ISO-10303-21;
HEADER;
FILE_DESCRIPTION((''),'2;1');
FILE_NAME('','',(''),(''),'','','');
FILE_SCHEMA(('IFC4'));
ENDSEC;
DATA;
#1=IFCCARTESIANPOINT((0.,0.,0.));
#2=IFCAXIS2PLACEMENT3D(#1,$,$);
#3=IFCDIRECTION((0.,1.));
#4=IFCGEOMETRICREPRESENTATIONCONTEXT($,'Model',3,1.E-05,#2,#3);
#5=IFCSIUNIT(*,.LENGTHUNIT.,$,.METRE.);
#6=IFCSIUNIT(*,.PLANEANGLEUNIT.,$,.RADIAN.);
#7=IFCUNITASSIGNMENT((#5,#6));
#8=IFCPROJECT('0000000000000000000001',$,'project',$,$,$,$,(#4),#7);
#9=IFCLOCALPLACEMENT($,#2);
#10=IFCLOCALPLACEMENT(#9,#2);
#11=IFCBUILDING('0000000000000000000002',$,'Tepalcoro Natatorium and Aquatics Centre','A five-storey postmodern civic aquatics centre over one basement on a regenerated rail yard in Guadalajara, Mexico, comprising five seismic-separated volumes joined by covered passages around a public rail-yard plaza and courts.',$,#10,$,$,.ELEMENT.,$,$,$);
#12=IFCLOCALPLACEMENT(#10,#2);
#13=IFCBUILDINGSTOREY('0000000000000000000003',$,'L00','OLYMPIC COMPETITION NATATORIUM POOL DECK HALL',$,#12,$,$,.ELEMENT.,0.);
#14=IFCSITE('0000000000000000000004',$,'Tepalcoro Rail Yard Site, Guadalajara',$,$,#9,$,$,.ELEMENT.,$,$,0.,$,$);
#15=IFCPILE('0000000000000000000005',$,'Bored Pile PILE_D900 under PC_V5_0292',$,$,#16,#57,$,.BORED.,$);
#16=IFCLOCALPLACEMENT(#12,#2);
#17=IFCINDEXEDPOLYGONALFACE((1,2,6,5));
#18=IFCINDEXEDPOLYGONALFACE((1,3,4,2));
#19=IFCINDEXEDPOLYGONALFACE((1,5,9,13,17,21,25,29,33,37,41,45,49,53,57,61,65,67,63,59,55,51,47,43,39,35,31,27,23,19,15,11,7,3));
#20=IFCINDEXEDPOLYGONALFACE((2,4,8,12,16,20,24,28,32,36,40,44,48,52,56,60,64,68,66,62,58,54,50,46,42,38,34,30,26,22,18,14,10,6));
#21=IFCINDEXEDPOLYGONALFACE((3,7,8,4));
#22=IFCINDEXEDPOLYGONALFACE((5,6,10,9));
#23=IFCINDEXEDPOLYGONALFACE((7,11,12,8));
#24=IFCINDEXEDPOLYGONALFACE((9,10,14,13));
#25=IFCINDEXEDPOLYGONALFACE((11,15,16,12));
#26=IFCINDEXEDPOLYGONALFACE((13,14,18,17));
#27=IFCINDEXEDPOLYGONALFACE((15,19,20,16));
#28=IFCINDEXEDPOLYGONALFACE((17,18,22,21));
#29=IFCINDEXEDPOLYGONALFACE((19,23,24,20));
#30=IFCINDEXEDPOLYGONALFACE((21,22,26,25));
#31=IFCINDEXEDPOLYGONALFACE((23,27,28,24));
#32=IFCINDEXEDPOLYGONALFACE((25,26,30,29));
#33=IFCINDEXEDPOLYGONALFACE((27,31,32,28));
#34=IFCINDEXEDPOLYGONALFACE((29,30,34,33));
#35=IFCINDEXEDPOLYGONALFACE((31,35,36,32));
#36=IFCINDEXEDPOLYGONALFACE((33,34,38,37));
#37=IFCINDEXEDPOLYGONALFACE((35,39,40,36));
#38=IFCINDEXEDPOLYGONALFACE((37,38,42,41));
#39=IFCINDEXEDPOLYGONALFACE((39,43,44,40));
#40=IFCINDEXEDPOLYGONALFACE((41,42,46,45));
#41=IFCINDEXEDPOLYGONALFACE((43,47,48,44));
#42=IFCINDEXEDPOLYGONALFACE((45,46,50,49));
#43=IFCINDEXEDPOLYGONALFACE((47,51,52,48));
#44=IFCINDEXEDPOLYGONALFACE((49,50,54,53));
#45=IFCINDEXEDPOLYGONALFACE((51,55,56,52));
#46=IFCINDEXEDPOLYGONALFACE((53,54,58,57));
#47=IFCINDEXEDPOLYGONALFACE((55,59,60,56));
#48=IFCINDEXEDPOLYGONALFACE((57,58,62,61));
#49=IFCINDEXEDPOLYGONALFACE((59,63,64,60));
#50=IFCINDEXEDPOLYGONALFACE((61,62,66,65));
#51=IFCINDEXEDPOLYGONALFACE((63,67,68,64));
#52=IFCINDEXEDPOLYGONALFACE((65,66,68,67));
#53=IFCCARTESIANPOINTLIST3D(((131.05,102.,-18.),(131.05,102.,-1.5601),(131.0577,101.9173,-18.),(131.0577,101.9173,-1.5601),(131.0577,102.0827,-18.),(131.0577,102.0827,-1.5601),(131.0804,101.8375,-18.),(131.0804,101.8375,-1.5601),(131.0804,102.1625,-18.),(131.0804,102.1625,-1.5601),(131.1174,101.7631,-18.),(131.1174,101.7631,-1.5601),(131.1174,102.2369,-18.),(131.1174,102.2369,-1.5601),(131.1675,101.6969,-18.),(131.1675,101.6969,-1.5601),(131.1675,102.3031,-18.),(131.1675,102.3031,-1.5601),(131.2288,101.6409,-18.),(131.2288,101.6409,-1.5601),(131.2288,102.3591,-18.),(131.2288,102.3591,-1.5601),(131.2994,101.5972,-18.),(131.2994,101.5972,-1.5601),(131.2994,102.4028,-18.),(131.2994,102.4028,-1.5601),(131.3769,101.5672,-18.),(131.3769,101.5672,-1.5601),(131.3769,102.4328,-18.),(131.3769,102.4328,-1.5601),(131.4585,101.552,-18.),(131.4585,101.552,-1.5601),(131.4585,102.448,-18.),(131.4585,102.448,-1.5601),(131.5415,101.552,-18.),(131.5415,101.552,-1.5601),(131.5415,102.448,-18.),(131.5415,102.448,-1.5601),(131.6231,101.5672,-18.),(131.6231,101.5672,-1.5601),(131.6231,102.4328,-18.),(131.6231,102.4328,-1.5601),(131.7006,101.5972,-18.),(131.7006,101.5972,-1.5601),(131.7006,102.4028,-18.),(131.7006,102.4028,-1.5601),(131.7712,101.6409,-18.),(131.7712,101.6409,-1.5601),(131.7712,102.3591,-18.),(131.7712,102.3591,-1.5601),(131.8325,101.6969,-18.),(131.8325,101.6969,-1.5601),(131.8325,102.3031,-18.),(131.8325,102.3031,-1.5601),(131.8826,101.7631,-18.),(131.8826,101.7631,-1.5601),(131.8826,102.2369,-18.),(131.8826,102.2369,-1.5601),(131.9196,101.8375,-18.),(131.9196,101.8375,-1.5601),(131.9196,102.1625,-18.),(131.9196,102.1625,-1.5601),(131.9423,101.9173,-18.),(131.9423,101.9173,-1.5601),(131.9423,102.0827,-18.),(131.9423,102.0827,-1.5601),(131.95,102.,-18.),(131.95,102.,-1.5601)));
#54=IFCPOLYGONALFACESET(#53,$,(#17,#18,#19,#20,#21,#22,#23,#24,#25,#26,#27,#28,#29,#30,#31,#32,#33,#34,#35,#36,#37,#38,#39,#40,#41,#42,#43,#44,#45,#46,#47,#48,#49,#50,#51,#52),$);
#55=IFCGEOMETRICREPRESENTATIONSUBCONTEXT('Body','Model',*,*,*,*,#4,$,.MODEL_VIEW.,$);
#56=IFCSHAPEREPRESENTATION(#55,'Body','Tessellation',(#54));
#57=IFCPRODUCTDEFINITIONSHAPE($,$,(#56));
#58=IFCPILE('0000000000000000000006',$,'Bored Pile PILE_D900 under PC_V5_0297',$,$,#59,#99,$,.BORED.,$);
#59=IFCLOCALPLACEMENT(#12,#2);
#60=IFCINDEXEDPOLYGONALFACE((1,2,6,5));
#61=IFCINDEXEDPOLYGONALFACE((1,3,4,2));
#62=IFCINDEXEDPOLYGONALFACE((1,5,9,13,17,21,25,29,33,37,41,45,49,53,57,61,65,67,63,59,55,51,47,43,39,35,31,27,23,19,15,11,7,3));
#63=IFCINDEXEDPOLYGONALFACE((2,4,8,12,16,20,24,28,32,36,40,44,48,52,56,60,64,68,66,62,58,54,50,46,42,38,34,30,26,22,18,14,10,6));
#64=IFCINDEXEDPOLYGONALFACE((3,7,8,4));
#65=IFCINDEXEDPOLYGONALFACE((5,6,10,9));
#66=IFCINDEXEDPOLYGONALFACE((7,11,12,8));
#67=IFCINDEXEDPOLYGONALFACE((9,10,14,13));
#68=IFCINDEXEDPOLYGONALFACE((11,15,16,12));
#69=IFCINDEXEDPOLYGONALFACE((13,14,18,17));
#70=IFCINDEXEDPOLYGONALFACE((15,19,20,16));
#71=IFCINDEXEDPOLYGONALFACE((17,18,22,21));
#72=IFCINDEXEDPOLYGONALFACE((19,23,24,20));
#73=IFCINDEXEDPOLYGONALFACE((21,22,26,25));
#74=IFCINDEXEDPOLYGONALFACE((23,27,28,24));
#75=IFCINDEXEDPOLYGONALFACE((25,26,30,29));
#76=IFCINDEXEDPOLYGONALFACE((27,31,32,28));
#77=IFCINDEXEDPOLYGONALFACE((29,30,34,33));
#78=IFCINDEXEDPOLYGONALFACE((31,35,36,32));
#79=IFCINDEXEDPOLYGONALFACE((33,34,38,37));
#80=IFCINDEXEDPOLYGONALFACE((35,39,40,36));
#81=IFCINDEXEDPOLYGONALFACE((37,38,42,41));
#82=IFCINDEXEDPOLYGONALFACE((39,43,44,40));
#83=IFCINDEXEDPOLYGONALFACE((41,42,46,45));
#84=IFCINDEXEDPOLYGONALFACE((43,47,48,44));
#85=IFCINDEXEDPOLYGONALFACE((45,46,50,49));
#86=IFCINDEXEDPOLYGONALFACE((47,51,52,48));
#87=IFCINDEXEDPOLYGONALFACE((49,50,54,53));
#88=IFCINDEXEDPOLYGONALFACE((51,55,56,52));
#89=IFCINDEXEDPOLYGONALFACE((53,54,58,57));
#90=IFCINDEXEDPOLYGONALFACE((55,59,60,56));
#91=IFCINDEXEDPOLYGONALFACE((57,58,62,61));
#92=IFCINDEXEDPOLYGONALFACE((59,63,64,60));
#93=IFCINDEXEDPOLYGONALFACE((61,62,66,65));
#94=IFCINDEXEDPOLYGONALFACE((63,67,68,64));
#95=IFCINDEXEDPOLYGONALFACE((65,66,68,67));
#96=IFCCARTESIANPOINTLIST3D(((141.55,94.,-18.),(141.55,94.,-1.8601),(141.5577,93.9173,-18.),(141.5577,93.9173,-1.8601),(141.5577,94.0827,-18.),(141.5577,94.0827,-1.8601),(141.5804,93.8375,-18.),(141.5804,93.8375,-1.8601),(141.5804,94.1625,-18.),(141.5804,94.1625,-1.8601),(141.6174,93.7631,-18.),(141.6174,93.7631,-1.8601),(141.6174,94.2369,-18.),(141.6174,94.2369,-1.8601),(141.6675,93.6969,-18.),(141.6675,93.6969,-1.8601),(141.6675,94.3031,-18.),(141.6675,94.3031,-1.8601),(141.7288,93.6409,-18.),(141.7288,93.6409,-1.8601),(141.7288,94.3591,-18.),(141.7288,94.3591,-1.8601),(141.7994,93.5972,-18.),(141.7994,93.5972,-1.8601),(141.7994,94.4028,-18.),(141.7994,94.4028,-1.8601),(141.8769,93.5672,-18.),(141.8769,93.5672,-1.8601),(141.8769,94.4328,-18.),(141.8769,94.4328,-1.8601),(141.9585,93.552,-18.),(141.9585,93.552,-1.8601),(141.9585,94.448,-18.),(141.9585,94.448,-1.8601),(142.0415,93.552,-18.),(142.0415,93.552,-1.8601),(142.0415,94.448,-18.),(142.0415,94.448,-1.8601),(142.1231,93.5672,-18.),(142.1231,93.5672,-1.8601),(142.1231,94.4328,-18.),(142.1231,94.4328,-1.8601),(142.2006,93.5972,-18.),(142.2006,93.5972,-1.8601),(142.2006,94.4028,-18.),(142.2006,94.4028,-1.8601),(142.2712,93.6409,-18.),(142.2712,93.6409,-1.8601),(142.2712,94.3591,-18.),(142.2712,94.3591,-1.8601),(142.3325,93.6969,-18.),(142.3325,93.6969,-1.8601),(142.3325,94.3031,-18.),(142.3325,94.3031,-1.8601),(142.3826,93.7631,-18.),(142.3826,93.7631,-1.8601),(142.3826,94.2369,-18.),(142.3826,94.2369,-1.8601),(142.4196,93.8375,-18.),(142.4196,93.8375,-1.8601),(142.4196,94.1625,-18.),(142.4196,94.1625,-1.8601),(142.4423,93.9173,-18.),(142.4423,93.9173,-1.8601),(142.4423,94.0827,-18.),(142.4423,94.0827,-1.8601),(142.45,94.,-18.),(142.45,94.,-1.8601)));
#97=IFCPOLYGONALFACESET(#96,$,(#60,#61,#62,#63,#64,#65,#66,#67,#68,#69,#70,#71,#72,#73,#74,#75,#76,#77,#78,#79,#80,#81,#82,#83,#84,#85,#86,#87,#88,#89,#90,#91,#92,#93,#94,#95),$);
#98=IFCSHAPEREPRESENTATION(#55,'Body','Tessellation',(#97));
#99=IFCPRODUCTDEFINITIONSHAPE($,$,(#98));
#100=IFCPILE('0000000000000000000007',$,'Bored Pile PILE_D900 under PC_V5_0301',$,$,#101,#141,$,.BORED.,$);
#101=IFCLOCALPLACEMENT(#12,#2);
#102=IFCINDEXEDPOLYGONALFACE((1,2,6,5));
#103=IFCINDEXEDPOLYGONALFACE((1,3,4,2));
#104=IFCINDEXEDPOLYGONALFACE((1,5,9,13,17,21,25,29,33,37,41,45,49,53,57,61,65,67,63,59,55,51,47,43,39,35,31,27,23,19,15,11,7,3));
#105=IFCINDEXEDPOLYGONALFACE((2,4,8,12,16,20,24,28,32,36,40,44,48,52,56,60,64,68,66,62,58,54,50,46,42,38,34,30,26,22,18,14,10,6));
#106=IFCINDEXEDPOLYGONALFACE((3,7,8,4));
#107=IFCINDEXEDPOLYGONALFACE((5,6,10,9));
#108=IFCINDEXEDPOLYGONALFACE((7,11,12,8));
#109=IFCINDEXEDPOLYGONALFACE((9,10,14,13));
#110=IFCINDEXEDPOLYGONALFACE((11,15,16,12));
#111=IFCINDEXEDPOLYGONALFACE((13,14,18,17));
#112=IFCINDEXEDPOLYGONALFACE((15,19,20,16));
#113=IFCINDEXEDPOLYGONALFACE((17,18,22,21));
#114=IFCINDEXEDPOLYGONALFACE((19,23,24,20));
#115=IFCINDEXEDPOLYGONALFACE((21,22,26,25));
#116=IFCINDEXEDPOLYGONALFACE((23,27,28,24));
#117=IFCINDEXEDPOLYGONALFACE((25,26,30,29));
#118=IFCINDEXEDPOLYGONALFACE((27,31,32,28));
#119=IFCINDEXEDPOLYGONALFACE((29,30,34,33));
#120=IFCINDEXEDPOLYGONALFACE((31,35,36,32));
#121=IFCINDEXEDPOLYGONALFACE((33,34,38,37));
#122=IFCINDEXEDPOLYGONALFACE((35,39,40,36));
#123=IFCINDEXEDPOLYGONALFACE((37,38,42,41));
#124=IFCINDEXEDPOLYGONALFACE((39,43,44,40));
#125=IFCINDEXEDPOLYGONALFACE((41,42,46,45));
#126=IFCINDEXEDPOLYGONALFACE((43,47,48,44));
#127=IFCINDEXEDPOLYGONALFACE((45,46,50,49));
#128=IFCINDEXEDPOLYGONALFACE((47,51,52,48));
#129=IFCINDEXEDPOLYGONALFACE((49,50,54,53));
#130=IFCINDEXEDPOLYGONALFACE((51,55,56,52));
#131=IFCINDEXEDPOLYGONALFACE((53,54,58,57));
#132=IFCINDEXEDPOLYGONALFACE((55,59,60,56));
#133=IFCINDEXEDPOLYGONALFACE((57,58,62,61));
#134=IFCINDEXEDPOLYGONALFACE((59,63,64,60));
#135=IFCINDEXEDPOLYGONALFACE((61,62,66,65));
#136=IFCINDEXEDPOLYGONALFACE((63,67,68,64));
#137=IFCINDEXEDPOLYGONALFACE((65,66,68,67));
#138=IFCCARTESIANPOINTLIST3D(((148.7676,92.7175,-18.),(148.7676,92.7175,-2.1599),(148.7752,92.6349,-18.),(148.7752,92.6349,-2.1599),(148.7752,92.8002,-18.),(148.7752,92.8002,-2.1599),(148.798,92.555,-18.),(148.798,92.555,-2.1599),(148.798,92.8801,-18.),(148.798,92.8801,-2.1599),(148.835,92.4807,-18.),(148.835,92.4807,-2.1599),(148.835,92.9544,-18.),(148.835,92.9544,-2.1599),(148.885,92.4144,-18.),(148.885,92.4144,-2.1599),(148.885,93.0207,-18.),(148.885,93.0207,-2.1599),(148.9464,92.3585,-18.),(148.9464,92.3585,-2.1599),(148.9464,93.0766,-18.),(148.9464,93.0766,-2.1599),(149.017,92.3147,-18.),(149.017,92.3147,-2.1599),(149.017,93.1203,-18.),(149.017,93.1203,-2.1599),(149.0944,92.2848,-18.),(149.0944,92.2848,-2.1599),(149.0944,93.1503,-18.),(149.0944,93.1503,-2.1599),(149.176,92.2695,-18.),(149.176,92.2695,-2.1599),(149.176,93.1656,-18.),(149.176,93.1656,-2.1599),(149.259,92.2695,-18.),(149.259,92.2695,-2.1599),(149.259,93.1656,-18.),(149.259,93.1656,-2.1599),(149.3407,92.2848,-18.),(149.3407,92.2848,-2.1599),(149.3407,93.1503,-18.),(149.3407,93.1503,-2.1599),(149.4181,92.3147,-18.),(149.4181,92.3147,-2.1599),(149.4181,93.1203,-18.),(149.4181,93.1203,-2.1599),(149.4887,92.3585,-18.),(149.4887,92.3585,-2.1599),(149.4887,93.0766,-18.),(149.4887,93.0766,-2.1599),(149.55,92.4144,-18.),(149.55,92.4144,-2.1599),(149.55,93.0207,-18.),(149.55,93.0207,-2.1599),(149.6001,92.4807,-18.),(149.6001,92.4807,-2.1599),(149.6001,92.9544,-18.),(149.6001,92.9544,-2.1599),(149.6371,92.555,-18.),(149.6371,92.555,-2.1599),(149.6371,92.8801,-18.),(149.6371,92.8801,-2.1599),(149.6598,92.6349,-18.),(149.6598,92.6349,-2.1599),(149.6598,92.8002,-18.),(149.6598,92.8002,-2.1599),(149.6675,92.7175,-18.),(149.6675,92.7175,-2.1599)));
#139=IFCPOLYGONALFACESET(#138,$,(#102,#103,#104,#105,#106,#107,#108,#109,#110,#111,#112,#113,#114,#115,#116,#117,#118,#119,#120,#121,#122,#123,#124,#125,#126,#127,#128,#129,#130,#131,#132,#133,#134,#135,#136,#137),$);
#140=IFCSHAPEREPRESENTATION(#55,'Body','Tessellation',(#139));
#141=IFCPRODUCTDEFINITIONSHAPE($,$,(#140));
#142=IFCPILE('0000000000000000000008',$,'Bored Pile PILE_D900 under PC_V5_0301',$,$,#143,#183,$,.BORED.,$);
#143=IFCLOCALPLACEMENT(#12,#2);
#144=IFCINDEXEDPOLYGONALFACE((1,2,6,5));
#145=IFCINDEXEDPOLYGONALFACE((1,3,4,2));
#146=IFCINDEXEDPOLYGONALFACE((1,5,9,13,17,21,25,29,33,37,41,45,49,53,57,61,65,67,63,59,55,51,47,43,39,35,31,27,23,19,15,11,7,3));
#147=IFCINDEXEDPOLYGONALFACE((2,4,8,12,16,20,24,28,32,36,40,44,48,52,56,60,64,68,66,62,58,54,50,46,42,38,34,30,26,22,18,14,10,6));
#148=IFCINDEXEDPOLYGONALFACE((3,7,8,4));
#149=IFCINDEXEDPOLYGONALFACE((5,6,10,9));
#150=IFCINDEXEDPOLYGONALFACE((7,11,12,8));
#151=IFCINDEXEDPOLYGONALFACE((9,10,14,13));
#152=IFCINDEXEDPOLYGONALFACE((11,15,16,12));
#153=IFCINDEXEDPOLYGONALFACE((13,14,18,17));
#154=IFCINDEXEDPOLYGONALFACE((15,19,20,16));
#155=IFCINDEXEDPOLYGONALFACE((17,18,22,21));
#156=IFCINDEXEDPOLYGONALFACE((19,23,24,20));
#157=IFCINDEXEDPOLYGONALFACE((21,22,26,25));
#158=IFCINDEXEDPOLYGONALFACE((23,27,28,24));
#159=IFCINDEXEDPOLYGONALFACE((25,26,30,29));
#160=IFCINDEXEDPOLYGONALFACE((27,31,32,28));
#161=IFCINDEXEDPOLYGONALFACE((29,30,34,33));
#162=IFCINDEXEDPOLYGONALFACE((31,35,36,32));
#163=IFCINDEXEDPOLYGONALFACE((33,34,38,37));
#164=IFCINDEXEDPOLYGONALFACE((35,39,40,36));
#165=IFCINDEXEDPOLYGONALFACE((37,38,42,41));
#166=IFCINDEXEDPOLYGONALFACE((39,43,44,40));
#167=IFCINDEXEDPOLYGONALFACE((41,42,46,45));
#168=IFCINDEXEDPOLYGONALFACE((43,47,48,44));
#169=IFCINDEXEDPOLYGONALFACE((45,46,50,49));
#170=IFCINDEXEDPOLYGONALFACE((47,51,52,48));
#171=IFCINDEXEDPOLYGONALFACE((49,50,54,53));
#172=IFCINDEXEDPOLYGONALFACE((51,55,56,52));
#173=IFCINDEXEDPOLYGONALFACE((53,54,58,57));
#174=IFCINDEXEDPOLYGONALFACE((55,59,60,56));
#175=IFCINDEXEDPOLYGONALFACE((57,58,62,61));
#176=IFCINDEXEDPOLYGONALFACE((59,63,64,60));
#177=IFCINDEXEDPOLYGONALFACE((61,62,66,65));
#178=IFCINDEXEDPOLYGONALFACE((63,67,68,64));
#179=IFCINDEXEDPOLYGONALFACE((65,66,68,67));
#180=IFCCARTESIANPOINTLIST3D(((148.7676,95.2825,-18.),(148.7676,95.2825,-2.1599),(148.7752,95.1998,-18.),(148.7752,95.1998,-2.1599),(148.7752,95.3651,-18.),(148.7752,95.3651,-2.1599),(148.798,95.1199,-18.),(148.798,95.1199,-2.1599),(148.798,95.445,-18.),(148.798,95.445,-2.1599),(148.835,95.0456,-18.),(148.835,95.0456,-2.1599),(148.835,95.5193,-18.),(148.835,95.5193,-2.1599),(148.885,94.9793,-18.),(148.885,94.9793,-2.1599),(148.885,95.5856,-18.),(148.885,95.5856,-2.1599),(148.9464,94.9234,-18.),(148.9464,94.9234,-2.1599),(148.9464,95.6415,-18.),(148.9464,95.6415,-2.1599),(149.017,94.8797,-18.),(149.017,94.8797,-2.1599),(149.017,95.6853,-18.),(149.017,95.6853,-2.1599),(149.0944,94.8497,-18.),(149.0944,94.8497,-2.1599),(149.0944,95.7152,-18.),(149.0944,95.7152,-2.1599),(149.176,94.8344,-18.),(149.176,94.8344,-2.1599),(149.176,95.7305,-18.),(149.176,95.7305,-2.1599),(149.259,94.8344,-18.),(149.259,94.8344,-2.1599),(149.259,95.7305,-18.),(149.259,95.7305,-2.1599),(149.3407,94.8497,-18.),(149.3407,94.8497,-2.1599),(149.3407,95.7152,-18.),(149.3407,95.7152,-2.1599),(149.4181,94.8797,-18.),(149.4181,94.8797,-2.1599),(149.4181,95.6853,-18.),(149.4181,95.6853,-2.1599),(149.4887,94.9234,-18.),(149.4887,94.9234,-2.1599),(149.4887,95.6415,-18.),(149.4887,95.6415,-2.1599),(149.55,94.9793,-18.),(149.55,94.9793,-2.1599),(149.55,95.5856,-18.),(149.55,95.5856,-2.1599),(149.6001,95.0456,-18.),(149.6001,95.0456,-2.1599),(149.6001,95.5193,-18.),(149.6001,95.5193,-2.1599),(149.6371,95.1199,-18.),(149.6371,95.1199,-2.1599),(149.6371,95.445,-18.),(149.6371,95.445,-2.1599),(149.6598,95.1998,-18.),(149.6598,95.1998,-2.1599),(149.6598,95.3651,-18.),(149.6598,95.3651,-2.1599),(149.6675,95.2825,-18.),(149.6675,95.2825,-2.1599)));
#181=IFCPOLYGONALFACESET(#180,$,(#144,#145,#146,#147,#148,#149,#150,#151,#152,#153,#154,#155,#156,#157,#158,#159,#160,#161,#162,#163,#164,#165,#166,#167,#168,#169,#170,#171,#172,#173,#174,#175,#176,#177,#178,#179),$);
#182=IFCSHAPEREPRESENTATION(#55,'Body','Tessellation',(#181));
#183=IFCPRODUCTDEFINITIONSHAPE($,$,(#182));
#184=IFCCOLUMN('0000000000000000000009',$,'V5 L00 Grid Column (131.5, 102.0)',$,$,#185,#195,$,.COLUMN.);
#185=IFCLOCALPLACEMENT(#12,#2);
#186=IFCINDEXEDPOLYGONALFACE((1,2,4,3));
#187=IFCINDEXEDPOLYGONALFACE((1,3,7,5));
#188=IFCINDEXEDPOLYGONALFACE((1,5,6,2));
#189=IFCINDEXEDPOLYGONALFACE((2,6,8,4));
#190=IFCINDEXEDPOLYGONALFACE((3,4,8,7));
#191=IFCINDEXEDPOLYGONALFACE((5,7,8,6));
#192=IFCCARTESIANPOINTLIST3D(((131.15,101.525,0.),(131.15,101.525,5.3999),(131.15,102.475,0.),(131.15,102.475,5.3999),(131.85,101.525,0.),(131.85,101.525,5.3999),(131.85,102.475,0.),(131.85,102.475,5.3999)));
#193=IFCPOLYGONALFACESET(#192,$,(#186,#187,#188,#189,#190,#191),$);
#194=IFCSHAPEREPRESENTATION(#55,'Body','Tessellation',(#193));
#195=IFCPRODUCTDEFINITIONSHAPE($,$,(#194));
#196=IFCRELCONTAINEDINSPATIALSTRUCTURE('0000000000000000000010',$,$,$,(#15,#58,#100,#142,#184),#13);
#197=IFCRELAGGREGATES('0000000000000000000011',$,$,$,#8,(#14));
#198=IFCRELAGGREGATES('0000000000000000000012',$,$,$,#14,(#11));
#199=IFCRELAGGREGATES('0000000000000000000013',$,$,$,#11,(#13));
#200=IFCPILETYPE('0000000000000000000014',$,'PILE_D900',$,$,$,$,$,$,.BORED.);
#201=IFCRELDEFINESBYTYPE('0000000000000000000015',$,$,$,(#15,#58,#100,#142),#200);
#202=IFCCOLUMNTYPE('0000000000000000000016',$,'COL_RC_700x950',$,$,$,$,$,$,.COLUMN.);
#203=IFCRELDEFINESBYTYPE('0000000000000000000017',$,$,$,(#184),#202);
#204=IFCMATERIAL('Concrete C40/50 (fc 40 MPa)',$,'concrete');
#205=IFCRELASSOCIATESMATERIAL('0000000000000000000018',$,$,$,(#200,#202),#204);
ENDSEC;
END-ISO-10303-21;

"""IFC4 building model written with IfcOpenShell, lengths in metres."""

from ifc_helpers import new_model, si_unit, direction, frame, origin, origin_2d, place, context, subcontext, project, spatial, rectangle, circle, extrude, material, material_profile, profile_set, type_object, element, save


model = new_model("IFC4")

# Units and contexts
model_context = context("Model", 3, precision=1e-05, world=origin(), true_north=direction((0.0, 1.0)))
body_context = subcontext(model_context, "Body", "Model", "MODEL_VIEW")
ifc_project = project(units=[si_unit("LENGTHUNIT", "METRE"), si_unit("PLANEANGLEUNIT", "RADIAN")], contexts=[model_context])

# Site, building, storey
site_placement = place(None, origin())
site = spatial("IfcSite", under=ifc_project, at=site_placement, Name="Tepalcoro Rail Yard Site, Guadalajara", CompositionType="ELEMENT", RefElevation=0.0)
building_placement = place(site_placement, origin())
building = spatial("IfcBuilding", under=site, at=building_placement, Name="Tepalcoro Natatorium and Aquatics Centre", Description="A five-storey postmodern civic aquatics centre over one basement on a regenerated rail yard in Guadalajara, Mexico, comprising five seismic-separated volumes joined by covered passages around a public rail-yard plaza and courts.", CompositionType="ELEMENT")
storey_placement = place(building_placement, origin())
storey = spatial("IfcBuildingStorey", under=building, at=storey_placement, Name="L00", Description="OLYMPIC COMPETITION NATATORIUM POOL DECK HALL", CompositionType="ELEMENT", Elevation=0.0)

# Piles
ifc_material_1 = material(Name="Concrete C40/50 (fc 40 MPa)", Category="concrete")
ifc_material_profile_1 = material_profile(ifc_material_1, circle(Radius=0.45, at=origin_2d()), Name="PILE_D900")
ifc_profile_set_1 = profile_set([ifc_material_profile_1], Name="Concrete C40/50 (fc 40 MPa)")
pile_type_1 = type_object("IfcPileType", Name="PILE_D900", PredefinedType="BORED", material=ifc_profile_set_1)
pile_1_placement = place(storey_placement, frame((131.5, 102.0, -1.5601), z_axis=(0.0, 0.0, -1.0), x_axis=(1.0, 0.0, 0.0)))
element("IfcPile", 1, at=pile_1_placement, inside=storey, type_object=pile_type_1, Name="Bored Pile PILE_D900 under PC_V5_0292", PredefinedType="BORED", context=body_context, shape_type="SweptSolid", body=[
    extrude(circle(Radius=0.45, at=origin_2d()), origin(), (0.0, 0.0, 1.0), 16.4399),
])
pile_2_placement = place(storey_placement, frame((142.0, 94.0, -1.8601), z_axis=(0.0, 0.0, -1.0), x_axis=(1.0, 0.0, 0.0)))
element("IfcPile", 2, at=pile_2_placement, inside=storey, type_object=pile_type_1, Name="Bored Pile PILE_D900 under PC_V5_0297", PredefinedType="BORED", context=body_context, shape_type="SweptSolid", body=[
    extrude(circle(Radius=0.45, at=origin_2d()), origin(), (0.0, 0.0, 1.0), 16.1399),
])
for number, where, z_axis, x_axis, name in (
    (3, (149.2175, 92.7175, -2.1599), (0.0, 0.0, -1.0), (1.0, 0.0, 0.0), "Bored Pile PILE_D900 under PC_V5_0301"),
    (4, (149.2175, 95.2825, -2.1599), (0.0, 0.0, -1.0), (1.0, 0.0, 0.0), "Bored Pile PILE_D900 under PC_V5_0301"),
):
    element("IfcPile", number, at=place(storey_placement, frame(where, z_axis=z_axis, x_axis=x_axis)), inside=storey, type_object=pile_type_1, Name=name, PredefinedType="BORED", context=body_context, shape_type="SweptSolid", body=[
        extrude(circle(Radius=0.45, at=origin_2d()), origin(), (0.0, 0.0, 1.0), 15.8401),
    ])

# Column
ifc_material_profile_2 = material_profile(ifc_material_1, rectangle(XDim=0.7, YDim=0.95, at=origin_2d()), Name="RC700x950")
ifc_profile_set_2 = profile_set([ifc_material_profile_2], Name="Concrete C40/50 (fc 40 MPa)")
column_type_1 = type_object("IfcColumnType", Name="COL_RC_700x950", PredefinedType="COLUMN", material=ifc_profile_set_2)
column_1_placement = place(storey_placement, frame((131.5, 102.0, 0.0), z_axis=(0.0, 0.0, 1.0), x_axis=(1.0, 0.0, 0.0)))
element("IfcColumn", 5, at=column_1_placement, inside=storey, type_object=column_type_1, Name="V5 L00 Grid Column (131.5, 102.0)", PredefinedType="COLUMN", context=body_context, shape_type="SweptSolid", body=[
    extrude(rectangle(XDim=0.7, YDim=0.95, at=origin_2d()), origin(), (0.0, 0.0, 1.0), 5.3999),
])

save(model, "model.ifc")
